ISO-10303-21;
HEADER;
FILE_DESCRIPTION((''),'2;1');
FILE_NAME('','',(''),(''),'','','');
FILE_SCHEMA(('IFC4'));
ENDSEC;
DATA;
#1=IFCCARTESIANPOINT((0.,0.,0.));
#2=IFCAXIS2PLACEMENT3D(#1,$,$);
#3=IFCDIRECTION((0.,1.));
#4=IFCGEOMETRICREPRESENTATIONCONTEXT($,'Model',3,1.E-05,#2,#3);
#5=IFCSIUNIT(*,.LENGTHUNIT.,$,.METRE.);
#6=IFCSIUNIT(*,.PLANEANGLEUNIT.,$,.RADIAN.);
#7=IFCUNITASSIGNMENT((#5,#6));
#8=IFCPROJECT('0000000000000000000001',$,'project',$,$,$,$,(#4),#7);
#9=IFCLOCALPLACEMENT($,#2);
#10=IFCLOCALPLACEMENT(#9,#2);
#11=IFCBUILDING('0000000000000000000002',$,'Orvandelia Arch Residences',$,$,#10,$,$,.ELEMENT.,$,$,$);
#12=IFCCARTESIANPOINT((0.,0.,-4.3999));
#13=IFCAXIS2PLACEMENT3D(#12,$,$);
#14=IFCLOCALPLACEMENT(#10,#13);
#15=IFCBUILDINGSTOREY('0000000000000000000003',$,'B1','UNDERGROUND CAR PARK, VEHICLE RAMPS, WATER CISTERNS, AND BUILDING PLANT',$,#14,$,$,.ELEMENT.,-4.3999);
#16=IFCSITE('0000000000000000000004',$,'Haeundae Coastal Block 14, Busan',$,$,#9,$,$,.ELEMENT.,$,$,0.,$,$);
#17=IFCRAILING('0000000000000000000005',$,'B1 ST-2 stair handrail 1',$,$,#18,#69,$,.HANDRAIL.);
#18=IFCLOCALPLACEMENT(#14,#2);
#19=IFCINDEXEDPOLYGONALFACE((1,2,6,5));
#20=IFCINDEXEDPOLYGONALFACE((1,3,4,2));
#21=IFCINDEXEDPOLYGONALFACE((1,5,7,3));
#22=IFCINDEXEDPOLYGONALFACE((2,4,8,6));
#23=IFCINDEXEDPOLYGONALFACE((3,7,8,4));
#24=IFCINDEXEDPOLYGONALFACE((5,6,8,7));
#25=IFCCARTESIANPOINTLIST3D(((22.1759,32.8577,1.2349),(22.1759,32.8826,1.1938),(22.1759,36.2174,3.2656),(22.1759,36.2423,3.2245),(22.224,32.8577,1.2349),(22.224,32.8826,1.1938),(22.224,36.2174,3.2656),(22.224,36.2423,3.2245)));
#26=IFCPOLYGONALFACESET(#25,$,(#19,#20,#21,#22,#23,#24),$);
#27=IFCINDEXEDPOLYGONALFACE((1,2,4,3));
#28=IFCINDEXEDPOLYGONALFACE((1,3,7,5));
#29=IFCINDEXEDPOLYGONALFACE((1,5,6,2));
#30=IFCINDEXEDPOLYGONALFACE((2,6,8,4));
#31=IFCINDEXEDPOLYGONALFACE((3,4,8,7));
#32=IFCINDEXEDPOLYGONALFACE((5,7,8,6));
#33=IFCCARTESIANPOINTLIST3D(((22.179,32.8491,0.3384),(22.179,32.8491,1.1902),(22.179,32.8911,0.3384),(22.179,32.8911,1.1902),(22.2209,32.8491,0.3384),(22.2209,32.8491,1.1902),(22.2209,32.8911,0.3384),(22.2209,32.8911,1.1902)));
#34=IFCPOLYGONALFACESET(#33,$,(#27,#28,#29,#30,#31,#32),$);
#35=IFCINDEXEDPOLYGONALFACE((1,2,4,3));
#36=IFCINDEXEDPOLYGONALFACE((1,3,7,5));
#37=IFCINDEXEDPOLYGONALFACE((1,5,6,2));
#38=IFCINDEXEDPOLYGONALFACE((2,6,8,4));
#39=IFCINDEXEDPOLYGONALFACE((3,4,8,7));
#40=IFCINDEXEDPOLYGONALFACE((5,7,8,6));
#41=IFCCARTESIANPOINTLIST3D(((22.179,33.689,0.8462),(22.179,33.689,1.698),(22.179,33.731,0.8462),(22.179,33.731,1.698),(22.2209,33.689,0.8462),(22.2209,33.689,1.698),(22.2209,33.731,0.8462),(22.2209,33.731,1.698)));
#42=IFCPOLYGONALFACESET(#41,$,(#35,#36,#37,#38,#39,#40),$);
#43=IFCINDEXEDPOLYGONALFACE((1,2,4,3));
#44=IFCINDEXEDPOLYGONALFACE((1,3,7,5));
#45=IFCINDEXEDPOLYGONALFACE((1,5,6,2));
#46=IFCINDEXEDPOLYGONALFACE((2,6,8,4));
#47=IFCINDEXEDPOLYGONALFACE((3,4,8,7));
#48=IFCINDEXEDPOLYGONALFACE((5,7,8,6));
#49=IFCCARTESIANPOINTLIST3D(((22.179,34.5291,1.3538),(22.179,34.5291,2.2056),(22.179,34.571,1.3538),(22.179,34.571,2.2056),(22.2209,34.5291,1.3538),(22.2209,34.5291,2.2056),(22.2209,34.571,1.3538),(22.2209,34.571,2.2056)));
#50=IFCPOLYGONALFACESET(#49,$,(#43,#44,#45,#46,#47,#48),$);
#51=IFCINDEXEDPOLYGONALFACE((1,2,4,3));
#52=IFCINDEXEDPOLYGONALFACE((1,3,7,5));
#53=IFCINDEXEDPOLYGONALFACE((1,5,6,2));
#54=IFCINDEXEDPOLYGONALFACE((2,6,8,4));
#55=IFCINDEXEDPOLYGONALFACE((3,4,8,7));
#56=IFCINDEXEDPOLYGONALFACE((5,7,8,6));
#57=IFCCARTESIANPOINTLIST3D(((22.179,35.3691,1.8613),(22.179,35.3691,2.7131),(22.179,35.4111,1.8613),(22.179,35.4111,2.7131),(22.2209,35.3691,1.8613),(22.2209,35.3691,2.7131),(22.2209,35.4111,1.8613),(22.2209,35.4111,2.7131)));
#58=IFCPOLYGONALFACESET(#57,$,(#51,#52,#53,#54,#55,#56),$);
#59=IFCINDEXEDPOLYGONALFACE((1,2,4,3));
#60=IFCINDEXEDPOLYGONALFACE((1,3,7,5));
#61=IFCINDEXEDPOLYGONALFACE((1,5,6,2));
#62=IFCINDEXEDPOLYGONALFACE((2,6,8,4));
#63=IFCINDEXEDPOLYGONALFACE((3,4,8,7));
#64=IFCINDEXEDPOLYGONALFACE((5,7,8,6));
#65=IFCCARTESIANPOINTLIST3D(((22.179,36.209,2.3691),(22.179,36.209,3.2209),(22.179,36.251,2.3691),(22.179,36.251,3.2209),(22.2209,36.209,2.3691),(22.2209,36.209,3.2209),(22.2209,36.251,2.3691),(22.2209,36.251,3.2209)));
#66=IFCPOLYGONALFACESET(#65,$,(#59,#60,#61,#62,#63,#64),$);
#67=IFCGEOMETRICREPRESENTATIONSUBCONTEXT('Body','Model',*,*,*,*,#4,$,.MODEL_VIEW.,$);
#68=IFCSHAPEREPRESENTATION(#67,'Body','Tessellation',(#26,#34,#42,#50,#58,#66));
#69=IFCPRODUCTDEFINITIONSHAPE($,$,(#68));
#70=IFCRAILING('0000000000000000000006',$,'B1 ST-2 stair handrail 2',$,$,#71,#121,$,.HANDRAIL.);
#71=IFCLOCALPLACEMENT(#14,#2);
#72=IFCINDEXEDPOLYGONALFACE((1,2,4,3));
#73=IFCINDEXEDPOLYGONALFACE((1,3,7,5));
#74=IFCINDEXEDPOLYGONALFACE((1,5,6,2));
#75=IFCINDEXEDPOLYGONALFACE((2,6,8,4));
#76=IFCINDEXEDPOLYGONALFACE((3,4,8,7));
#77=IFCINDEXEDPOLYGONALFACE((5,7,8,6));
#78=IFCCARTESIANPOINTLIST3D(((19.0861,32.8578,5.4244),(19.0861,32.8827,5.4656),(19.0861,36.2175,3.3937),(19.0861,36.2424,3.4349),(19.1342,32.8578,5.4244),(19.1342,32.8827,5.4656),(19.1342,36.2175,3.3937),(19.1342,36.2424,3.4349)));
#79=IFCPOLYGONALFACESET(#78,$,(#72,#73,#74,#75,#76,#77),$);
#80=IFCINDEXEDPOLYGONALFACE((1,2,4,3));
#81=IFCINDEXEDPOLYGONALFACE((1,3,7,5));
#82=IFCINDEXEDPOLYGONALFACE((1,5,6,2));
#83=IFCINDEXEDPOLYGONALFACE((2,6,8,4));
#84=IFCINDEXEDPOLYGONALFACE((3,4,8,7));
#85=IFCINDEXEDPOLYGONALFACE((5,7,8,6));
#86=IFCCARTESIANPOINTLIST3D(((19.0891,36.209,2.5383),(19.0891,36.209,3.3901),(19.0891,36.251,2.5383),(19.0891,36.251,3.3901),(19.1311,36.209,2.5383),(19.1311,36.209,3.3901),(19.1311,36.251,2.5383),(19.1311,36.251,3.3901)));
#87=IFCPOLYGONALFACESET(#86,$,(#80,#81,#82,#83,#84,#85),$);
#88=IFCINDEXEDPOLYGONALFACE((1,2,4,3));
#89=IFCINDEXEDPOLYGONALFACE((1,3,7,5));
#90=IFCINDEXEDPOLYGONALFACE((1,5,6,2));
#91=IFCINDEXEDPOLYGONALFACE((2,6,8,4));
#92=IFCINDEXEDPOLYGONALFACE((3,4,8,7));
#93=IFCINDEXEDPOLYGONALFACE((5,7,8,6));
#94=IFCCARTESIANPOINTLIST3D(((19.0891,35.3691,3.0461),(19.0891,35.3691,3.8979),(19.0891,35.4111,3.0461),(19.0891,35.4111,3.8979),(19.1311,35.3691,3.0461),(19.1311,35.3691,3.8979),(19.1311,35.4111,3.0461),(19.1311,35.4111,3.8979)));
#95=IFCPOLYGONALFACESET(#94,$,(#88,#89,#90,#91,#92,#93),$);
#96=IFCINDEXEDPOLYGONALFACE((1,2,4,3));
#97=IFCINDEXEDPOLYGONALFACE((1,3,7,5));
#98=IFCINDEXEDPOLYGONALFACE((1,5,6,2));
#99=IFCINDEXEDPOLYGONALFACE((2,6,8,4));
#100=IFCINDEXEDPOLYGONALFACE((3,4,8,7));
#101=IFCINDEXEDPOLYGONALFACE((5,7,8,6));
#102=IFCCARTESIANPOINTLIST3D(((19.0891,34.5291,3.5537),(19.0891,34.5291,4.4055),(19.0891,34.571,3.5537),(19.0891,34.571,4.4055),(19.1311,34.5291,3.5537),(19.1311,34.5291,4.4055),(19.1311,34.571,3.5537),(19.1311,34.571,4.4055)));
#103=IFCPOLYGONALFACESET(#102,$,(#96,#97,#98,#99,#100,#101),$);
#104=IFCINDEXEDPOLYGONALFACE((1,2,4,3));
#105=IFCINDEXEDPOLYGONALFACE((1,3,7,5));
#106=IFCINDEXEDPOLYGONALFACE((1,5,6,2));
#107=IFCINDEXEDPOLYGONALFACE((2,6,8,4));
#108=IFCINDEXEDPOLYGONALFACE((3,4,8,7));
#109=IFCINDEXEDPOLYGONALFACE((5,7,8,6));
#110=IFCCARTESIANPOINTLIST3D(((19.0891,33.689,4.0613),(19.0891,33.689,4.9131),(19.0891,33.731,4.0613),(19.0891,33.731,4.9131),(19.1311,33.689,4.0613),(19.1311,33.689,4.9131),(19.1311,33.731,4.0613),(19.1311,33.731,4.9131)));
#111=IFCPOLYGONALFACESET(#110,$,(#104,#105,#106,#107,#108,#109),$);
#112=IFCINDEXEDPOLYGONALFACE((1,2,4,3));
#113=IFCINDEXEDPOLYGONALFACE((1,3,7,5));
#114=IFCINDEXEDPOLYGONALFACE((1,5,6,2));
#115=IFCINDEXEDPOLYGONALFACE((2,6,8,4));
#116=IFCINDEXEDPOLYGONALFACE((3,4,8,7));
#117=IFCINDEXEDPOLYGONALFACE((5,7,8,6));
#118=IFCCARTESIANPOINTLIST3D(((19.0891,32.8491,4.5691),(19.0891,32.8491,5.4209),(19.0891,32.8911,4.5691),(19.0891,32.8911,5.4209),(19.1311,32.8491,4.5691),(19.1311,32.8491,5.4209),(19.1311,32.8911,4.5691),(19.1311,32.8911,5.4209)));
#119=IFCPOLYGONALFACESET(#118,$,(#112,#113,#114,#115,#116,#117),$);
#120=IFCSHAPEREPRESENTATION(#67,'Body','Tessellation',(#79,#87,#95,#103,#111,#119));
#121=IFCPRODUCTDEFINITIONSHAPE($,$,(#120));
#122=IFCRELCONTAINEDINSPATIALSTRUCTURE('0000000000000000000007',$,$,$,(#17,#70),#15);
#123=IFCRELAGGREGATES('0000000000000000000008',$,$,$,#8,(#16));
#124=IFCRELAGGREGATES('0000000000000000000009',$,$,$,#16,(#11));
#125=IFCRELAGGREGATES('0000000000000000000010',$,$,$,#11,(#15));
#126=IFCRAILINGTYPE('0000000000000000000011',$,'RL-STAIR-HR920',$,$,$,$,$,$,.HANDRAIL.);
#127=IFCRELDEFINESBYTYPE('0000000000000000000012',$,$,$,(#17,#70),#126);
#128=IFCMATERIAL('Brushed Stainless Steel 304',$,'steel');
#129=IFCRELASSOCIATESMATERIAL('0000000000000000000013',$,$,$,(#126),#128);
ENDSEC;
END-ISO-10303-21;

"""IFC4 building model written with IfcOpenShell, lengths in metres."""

from ifc_helpers import new_model, si_unit, direction, frame, origin, origin_2d, place, context, subcontext, project, spatial, rectangle, extrude, material, type_object, element, save


model = new_model("IFC4")

# Units and contexts
model_context = context("Model", 3, precision=1e-05, world=origin(), true_north=direction((0.0, 1.0)))
body_context = subcontext(model_context, "Body", "Model", "MODEL_VIEW")
ifc_project = project(units=[si_unit("LENGTHUNIT", "METRE"), si_unit("PLANEANGLEUNIT", "RADIAN")], contexts=[model_context])

# Site, building, storey
site_placement = place(None, origin())
site = spatial("IfcSite", under=ifc_project, at=site_placement, Name="Haeundae Coastal Block 14, Busan", CompositionType="ELEMENT", RefElevation=0.0)
building_placement = place(site_placement, origin())
building = spatial("IfcBuilding", under=site, at=building_placement, Name="Orvandelia Arch Residences", CompositionType="ELEMENT")
storey_placement = place(building_placement, frame((0.0, 0.0, -4.3999)))
storey = spatial("IfcBuildingStorey", under=building, at=storey_placement, Name="B1", Description="UNDERGROUND CAR PARK, VEHICLE RAMPS, WATER CISTERNS, AND BUILDING PLANT", CompositionType="ELEMENT", Elevation=-4.3999)

# Railings
ifc_material_1 = material(Name="Brushed Stainless Steel 304", Category="steel")
railing_type_1 = type_object("IfcRailingType", Name="RL-STAIR-HR920", PredefinedType="HANDRAIL", material=ifc_material_1)
railing_1_placement = place(storey_placement, frame((22.2, 32.8701, 0.3384)))
element("IfcRailing", 1, at=railing_1_placement, inside=storey, type_object=railing_type_1, Name="B1 ST-2 stair handrail 1", PredefinedType="HANDRAIL", context=body_context, shape_type="SweptSolid", body=[
    extrude(rectangle(XDim=0.0481, YDim=0.0481, at=origin_2d()), frame((0.0, 0.0, 0.876), z_axis=(0.0, 0.85582, 0.517273), x_axis=(-1.0, 0.0, 0.0)), (0.0, 0.0, 1.0), 3.9258),
    extrude(rectangle(XDim=0.042, YDim=0.042, at=origin_2d()), origin(), (0.0, 0.0, 1.0), 0.8518),
    extrude(rectangle(XDim=0.042, YDim=0.042, at=origin_2d()), frame((0.0, 0.8398, 0.5078)), (0.0, 0.0, 1.0), 0.8518),
    extrude(rectangle(XDim=0.042, YDim=0.042, at=origin_2d()), frame((0.0, 1.6799, 1.0154)), (0.0, 0.0, 1.0), 0.8518),
    extrude(rectangle(XDim=0.042, YDim=0.042, at=origin_2d()), frame((0.0, 2.52, 1.5229)), (0.0, 0.0, 1.0), 0.8518),
    extrude(rectangle(XDim=0.042, YDim=0.042, at=origin_2d()), frame((0.0, 3.3599, 2.0308)), (0.0, 0.0, 1.0), 0.8518),
])
railing_2_placement = place(storey_placement, frame((19.1101, 36.23, 2.5383)))
element("IfcRailing", 2, at=railing_2_placement, inside=storey, type_object=railing_type_1, Name="B1 ST-2 stair handrail 2", PredefinedType="HANDRAIL", context=body_context, shape_type="SweptSolid", body=[
    extrude(rectangle(XDim=0.0481, YDim=0.0481, at=origin_2d()), frame((0.0, 0.0, 0.876), z_axis=(0.0, -0.85582, 0.517273), x_axis=(1.0, 0.0, 0.0)), (0.0, 0.0, 1.0), 3.9258),
    extrude(rectangle(XDim=0.042, YDim=0.042, at=origin_2d()), origin(), (0.0, 0.0, 1.0), 0.8518),
    extrude(rectangle(XDim=0.042, YDim=0.042, at=origin_2d()), frame((0.0, -0.8398, 0.5078)), (0.0, 0.0, 1.0), 0.8518),
    extrude(rectangle(XDim=0.042, YDim=0.042, at=origin_2d()), frame((0.0, -1.6799, 1.0154)), (0.0, 0.0, 1.0), 0.8518),
    extrude(rectangle(XDim=0.042, YDim=0.042, at=origin_2d()), frame((0.0, -2.52, 1.5229)), (0.0, 0.0, 1.0), 0.8518),
    extrude(rectangle(XDim=0.042, YDim=0.042, at=origin_2d()), frame((0.0, -3.3599, 2.0308)), (0.0, 0.0, 1.0), 0.8518),
])

save(model, "model.ifc")
